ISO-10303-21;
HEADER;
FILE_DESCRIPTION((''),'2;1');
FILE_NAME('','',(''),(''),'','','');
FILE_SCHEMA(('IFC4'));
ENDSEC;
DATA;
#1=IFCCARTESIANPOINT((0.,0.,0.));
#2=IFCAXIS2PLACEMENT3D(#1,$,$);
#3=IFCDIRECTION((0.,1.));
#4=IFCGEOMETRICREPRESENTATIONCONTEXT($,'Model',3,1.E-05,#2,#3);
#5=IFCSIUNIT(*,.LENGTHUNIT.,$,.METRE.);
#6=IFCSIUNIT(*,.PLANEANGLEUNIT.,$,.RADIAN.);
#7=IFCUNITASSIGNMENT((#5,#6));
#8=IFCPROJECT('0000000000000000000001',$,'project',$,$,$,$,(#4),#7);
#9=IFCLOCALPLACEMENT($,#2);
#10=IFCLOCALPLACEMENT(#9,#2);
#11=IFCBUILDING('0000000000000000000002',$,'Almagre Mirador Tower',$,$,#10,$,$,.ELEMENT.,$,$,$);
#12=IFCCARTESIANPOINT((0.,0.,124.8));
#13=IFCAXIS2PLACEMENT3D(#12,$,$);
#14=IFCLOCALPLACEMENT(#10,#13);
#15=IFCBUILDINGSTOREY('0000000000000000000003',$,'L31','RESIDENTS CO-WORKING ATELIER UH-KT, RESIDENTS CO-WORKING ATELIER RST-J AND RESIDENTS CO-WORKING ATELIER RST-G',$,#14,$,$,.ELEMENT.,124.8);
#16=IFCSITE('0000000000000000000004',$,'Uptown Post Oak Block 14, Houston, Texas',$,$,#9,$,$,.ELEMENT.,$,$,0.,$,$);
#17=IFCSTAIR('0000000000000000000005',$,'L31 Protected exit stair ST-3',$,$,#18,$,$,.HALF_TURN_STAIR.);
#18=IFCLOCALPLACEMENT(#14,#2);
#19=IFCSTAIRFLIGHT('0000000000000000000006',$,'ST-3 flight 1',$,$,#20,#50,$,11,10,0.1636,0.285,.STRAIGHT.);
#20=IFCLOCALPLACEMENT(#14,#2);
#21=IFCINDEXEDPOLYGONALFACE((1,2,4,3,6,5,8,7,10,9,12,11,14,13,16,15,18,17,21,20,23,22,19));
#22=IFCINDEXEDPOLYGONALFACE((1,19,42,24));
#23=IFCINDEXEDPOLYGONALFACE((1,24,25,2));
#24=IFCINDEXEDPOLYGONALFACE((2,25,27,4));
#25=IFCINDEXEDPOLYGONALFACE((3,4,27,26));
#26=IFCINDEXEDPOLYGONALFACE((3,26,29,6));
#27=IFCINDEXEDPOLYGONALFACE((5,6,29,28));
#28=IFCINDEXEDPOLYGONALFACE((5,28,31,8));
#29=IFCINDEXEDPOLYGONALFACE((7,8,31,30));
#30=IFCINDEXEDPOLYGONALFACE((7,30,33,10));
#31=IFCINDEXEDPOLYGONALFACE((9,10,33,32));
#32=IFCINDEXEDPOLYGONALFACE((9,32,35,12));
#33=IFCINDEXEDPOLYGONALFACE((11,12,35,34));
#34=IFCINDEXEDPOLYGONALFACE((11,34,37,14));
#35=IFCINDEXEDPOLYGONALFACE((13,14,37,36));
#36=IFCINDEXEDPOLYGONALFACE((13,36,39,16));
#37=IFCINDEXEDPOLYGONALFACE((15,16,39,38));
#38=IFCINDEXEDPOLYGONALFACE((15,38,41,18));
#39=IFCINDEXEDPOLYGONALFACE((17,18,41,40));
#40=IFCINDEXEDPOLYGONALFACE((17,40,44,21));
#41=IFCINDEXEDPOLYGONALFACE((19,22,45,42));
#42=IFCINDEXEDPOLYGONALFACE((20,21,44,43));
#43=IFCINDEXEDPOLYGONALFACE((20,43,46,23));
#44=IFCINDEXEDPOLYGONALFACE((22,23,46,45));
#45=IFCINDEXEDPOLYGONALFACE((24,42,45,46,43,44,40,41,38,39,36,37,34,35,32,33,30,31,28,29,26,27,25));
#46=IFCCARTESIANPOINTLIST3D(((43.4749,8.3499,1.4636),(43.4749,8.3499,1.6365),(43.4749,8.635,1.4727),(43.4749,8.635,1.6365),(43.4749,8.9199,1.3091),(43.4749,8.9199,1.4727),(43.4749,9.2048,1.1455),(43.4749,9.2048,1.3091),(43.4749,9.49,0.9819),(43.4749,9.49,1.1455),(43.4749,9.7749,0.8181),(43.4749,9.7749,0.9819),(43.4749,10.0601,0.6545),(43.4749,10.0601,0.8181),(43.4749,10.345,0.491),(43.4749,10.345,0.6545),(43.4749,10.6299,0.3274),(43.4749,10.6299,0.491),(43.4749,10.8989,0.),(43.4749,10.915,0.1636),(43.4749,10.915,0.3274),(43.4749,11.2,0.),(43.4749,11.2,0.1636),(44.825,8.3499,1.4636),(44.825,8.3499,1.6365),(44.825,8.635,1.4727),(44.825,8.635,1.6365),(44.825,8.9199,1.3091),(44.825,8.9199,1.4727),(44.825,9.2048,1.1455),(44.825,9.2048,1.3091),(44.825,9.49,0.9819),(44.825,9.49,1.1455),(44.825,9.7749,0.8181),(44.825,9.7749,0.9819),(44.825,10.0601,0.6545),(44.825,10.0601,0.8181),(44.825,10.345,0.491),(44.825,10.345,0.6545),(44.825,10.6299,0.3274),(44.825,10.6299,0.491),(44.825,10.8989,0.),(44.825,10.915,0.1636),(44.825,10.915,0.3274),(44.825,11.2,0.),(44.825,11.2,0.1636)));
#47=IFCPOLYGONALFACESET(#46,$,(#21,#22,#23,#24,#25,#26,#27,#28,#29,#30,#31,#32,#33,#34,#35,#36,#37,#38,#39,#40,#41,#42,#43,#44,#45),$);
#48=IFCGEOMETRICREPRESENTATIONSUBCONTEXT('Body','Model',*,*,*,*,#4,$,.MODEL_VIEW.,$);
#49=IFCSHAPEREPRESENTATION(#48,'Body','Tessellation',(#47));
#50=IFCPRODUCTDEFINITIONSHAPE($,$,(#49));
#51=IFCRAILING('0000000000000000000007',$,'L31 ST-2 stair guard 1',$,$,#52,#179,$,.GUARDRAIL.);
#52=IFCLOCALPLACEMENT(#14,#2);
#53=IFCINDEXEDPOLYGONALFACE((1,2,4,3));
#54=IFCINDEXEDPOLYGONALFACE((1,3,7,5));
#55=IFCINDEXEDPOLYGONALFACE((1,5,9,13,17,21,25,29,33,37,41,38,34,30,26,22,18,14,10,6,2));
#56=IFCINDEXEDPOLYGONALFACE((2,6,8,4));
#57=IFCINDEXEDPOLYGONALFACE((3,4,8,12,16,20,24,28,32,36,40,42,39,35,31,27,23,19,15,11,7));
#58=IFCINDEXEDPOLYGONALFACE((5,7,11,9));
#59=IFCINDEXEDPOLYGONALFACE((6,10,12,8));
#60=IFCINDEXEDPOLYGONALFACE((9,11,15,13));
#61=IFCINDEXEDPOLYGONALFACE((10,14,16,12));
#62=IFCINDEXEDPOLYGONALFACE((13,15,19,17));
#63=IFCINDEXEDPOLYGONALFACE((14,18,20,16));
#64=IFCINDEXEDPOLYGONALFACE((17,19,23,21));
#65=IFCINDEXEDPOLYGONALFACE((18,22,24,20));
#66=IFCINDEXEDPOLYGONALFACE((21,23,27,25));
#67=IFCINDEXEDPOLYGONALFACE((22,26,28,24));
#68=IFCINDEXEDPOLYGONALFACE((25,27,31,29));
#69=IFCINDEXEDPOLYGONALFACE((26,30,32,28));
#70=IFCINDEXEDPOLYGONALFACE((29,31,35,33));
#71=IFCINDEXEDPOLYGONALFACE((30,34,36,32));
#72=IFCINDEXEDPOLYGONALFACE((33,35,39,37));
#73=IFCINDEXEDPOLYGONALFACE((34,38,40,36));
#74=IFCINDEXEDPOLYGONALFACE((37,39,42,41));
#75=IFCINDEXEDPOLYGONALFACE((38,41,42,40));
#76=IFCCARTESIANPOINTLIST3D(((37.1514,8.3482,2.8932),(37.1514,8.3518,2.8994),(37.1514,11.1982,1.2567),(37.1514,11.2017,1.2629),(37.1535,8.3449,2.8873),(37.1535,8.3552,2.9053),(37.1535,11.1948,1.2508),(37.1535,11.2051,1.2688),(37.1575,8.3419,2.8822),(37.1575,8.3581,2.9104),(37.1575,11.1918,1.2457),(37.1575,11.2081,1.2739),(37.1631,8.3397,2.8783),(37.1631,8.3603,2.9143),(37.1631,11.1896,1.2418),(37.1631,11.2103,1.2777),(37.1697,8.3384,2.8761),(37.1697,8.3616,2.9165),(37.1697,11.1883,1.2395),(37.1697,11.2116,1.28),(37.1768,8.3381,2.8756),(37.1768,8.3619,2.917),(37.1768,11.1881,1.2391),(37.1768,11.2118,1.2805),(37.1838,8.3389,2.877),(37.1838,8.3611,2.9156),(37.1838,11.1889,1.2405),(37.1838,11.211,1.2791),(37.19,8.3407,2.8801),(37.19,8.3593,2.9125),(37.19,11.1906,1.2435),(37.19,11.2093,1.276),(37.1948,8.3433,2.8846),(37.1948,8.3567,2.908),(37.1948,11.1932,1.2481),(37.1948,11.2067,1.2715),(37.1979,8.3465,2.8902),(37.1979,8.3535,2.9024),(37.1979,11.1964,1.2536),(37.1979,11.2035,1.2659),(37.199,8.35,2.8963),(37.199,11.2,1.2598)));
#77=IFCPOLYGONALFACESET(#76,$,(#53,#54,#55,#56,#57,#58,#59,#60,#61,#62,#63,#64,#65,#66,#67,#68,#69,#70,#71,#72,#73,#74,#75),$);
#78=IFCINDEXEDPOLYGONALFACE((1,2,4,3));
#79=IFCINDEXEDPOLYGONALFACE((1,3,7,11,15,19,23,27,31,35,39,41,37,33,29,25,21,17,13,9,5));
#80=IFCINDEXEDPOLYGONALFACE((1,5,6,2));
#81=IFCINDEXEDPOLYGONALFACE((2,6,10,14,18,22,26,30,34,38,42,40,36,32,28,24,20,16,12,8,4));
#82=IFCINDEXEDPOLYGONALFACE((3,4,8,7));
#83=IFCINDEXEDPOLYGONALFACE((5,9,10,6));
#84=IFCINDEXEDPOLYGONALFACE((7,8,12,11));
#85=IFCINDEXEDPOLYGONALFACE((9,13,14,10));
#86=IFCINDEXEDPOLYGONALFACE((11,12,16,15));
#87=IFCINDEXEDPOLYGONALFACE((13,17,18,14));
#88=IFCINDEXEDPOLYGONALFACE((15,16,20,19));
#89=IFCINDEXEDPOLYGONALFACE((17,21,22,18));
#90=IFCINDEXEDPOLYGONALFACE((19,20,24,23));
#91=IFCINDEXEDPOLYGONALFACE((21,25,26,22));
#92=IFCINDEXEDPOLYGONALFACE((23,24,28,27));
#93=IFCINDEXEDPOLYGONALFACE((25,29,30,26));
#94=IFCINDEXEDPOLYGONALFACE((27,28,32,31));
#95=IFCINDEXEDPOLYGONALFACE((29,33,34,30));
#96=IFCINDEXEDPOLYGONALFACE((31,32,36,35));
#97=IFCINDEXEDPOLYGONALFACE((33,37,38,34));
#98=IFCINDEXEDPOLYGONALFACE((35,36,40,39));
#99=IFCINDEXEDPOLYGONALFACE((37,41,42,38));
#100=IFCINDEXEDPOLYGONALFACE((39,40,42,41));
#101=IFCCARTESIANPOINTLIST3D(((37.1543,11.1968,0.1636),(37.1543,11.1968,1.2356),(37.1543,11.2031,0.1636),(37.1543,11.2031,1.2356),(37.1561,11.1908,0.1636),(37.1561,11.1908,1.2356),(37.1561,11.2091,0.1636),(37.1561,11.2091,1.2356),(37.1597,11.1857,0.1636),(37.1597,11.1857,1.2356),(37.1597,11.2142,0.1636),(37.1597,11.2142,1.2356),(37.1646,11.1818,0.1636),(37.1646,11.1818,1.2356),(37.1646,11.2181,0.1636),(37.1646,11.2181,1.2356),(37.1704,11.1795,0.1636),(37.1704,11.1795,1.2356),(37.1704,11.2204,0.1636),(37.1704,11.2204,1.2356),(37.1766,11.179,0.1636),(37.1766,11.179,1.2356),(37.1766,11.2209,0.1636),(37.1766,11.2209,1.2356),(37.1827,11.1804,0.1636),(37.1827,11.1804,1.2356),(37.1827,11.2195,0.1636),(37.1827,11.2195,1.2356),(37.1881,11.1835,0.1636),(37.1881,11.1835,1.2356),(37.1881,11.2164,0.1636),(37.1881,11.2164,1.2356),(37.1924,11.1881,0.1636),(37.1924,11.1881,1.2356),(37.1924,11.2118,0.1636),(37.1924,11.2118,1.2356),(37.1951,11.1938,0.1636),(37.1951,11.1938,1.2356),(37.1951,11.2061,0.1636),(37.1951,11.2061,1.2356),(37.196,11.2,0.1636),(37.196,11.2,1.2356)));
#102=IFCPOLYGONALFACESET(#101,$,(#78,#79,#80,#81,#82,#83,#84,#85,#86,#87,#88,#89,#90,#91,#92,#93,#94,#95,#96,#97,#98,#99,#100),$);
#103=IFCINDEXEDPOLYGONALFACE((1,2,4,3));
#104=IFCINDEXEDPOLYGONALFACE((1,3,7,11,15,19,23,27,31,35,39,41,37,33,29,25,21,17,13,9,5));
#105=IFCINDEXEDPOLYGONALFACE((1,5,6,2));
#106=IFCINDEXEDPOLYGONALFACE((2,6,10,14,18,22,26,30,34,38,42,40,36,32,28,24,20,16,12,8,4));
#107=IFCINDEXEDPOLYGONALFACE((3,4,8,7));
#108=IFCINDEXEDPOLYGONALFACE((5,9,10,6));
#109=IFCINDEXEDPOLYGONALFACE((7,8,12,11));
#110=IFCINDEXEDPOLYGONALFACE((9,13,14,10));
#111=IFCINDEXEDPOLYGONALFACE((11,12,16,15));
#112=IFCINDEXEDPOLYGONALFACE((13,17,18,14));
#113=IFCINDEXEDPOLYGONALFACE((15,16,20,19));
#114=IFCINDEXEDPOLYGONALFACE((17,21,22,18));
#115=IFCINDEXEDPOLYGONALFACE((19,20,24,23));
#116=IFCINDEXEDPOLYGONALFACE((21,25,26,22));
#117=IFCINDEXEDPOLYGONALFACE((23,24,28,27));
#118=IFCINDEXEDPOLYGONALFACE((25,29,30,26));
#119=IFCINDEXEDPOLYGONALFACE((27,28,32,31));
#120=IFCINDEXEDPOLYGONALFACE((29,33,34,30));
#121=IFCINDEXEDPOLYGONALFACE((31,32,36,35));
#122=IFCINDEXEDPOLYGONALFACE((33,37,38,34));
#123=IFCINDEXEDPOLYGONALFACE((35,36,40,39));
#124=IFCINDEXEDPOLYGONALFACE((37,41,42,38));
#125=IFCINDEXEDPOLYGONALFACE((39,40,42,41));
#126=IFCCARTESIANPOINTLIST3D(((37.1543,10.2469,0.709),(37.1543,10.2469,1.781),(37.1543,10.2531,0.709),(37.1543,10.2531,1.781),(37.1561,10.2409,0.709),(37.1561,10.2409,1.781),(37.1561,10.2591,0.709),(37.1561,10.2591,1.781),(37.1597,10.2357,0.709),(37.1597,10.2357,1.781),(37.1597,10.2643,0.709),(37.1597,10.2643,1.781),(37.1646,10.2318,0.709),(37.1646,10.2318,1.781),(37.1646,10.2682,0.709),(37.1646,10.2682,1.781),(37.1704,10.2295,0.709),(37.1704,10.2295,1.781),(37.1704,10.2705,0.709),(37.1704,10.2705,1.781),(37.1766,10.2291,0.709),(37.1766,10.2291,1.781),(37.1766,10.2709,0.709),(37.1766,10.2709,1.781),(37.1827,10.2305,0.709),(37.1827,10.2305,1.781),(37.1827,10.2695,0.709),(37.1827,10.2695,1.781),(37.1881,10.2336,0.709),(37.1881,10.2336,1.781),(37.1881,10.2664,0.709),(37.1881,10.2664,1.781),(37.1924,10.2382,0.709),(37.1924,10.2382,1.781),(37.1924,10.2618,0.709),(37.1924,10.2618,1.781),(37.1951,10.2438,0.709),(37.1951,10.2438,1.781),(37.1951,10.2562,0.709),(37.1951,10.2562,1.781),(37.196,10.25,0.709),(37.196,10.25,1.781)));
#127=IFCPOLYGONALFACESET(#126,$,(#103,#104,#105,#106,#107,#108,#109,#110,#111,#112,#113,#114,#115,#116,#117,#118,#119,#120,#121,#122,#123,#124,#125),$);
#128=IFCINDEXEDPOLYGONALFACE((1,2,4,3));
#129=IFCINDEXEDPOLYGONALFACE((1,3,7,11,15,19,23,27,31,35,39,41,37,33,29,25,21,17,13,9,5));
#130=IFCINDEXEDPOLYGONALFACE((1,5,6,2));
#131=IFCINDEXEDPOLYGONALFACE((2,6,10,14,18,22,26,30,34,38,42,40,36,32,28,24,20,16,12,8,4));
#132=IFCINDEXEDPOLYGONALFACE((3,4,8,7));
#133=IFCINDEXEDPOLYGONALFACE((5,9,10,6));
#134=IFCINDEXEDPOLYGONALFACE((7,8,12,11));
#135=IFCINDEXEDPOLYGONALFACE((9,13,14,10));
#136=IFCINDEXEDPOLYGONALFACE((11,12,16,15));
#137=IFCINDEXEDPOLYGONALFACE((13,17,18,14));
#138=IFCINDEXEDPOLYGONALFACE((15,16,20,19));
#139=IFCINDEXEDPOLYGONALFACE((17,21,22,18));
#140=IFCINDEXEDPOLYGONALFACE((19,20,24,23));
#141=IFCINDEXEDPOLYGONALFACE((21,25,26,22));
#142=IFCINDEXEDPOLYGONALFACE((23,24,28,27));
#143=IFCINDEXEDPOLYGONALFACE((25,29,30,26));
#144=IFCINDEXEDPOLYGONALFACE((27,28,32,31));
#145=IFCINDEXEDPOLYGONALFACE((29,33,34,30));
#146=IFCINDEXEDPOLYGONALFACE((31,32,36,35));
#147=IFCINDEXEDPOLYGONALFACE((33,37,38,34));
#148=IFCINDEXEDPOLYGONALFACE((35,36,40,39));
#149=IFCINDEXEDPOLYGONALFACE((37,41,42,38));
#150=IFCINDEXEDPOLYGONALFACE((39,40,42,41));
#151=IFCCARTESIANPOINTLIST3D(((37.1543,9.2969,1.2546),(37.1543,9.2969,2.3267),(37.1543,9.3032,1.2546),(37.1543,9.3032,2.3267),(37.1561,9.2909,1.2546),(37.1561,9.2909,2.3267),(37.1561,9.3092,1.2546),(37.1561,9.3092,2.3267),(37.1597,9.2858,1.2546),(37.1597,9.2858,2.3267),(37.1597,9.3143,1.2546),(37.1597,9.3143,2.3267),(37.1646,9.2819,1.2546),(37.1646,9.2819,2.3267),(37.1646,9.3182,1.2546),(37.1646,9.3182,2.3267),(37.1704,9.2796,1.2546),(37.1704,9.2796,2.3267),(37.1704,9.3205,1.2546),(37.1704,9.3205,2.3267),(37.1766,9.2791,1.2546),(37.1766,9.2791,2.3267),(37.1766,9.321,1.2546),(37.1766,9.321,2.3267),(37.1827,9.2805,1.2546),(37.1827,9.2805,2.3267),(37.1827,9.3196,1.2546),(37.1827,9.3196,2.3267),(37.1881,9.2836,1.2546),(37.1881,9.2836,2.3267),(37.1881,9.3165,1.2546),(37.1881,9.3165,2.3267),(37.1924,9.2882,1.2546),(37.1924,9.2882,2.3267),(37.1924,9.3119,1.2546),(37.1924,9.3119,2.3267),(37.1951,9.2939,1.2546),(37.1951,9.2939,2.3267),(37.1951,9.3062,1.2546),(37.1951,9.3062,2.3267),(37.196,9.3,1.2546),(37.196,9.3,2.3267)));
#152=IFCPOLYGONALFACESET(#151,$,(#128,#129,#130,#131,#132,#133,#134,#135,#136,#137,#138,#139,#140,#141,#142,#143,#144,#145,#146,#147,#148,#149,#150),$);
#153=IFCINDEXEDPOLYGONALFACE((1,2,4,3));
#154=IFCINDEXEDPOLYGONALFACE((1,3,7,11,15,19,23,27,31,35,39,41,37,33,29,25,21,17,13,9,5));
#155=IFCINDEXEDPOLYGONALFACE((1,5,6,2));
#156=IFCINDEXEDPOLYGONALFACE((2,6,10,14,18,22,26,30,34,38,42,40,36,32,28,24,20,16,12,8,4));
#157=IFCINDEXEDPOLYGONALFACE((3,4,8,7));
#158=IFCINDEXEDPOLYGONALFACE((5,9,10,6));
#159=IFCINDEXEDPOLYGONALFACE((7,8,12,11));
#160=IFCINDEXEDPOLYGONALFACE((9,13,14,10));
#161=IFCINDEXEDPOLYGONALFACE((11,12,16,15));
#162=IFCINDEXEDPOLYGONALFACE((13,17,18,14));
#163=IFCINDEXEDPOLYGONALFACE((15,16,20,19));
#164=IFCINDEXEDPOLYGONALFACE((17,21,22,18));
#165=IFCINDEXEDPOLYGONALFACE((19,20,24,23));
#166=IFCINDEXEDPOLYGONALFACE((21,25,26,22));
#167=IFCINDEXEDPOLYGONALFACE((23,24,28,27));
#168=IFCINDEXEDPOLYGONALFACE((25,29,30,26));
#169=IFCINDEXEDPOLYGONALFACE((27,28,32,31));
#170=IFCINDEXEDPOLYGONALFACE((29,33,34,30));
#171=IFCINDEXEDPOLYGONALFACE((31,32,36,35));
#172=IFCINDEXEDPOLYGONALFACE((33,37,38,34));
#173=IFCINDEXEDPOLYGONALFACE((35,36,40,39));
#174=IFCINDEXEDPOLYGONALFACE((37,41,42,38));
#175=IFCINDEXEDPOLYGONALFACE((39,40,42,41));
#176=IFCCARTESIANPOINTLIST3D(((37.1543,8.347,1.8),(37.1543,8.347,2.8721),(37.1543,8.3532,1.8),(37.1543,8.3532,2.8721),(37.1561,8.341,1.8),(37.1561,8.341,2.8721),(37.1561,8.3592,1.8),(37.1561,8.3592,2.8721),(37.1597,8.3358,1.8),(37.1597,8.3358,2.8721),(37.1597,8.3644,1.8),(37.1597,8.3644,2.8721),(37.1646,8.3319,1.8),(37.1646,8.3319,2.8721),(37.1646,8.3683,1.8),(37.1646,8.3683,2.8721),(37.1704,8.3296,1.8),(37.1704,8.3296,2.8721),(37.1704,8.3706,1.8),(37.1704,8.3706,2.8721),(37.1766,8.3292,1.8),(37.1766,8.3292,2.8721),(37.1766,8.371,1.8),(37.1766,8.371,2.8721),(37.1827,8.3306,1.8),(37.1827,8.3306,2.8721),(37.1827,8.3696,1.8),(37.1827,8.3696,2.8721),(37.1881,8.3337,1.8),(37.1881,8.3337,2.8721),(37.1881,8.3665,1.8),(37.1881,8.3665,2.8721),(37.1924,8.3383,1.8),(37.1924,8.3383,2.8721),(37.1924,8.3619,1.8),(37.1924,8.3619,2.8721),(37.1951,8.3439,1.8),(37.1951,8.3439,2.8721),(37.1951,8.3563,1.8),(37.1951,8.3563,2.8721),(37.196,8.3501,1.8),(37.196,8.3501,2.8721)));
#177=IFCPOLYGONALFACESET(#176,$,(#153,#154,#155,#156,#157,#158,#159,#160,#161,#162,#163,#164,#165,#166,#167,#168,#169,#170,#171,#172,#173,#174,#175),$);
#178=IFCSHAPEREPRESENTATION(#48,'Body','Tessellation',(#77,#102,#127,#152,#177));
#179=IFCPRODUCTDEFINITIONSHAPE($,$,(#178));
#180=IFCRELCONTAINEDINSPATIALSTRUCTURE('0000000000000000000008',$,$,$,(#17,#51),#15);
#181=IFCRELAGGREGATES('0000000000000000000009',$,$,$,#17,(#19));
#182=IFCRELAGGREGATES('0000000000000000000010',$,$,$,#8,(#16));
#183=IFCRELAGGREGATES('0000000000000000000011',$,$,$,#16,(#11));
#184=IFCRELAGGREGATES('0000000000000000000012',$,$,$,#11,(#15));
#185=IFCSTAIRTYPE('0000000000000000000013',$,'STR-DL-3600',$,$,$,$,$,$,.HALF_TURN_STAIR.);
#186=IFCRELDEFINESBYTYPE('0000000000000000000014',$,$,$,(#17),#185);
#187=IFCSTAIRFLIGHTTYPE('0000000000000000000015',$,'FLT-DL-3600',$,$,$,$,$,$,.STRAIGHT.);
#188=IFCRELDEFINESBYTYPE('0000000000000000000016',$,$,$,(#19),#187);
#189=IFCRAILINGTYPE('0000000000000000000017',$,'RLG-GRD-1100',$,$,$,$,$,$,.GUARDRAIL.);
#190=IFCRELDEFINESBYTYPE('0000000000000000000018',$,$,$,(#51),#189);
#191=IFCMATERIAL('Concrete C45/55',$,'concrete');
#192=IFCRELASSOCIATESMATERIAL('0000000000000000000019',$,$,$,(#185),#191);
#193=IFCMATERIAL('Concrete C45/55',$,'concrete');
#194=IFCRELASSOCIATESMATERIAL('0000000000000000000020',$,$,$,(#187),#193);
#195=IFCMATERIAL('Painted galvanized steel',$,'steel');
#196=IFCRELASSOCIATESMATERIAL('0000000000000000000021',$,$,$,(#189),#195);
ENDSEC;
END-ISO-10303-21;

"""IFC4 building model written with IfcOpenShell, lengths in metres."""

from ifc_helpers import new_model, si_unit, direction, frame, origin, origin_2d, place, context, subcontext, project, spatial, polyline, circle, outline, extrude, material, type_object, element, aggregate, save


model = new_model("IFC4")

# Units and contexts
model_context = context("Model", 3, precision=1e-05, world=origin(), true_north=direction((0.0, 1.0)))
body_context = subcontext(model_context, "Body", "Model", "MODEL_VIEW")
ifc_project = project(units=[si_unit("LENGTHUNIT", "METRE"), si_unit("PLANEANGLEUNIT", "RADIAN")], contexts=[model_context])

# Site, building, storey
site_placement = place(None, origin())
site = spatial("IfcSite", under=ifc_project, at=site_placement, Name="Uptown Post Oak Block 14, Houston, Texas", CompositionType="ELEMENT", RefElevation=0.0)
building_placement = place(site_placement, origin())
building = spatial("IfcBuilding", under=site, at=building_placement, Name="Almagre Mirador Tower", CompositionType="ELEMENT")
storey_placement = place(building_placement, frame((0.0, 0.0, 124.8)))
storey = spatial("IfcBuildingStorey", under=building, at=storey_placement, Name="L31", Description="RESIDENTS CO-WORKING ATELIER UH-KT, RESIDENTS CO-WORKING ATELIER RST-J AND RESIDENTS CO-WORKING ATELIER RST-G", CompositionType="ELEMENT", Elevation=124.8)

# Shared definitions
ifc_material_1 = material(Name="Concrete C45/55", Category="concrete")
stair_type = type_object("IfcStairType", Name="STR-DL-3600", PredefinedType="HALF_TURN_STAIR", material=ifc_material_1)
ifc_material_2 = material(Name="Concrete C45/55", Category="concrete")
stair_flight_type = type_object("IfcStairFlightType", Name="FLT-DL-3600", PredefinedType="STRAIGHT", material=ifc_material_2)

# Stair, stair flight
stair_1_placement = place(storey_placement, origin())
stair_1 = element("IfcStair", 1, at=stair_1_placement, inside=storey, type_object=stair_type, Name="L31 Protected exit stair ST-3", PredefinedType="HALF_TURN_STAIR")
stair_flight_1_placement = place(storey_placement, frame((44.1499, 11.2, 0.0), z_axis=(0.0, 0.0, 1.0), x_axis=(0.0, -1.0, 0.0)))
stair_flight_1 = element("IfcStairFlight", 2, at=stair_flight_1_placement, type_object=stair_flight_type, Name="ST-3 flight 1", NumberOfRisers=11, NumberOfTreads=10, PredefinedType="STRAIGHT", RiserHeight=0.1636, TreadLength=0.285, context=body_context, shape_type="SweptSolid", body=[
    extrude(outline(polyline([(0.0, 0.0), (0.0, 0.1636), (0.2849, 0.1636), (0.2849, 0.3274), (0.5701, 0.3274), (0.5701, 0.491), (0.855, 0.491), (0.855, 0.6545), (1.1399, 0.6545), (1.1399, 0.8181), (1.425, 0.8181), (1.425, 0.9819), (1.71, 0.9819), (1.71, 1.1455), (1.9951, 1.1455), (1.9951, 1.3091), (2.28, 1.3091), (2.28, 1.4727), (2.5649, 1.4727), (2.5649, 1.6365), (2.8501, 1.6365), (2.8501, 1.8), (2.8501, 1.4636), (0.301, 0.0), (0.0, 0.0)])), frame((0.0, 0.675, 0.0), z_axis=(0.0, -1.0, 0.0), x_axis=(1.0, 0.0, 0.0)), (0.0, 0.0, 1.0), 1.3501),
])
aggregate(stair_1, [stair_flight_1])

# Railing
ifc_material_3 = material(Name="Painted galvanized steel", Category="steel")
railing_type_1 = type_object("IfcRailingType", Name="RLG-GRD-1100", PredefinedType="GUARDRAIL", material=ifc_material_3)
railing_1_placement = place(storey_placement, frame((37.175, 11.2, 0.1636)))
element("IfcRailing", 3, at=railing_1_placement, inside=storey, type_object=railing_type_1, Name="L31 ST-2 stair guard 1", PredefinedType="GUARDRAIL", context=body_context, shape_type="SweptSolid", body=[
    extrude(circle(Radius=0.0239, at=origin_2d()), frame((0.0, 0.0, 1.0962), z_axis=(0.0, -0.867194, 0.49797), x_axis=(1.0, 0.0, 0.0)), (0.0, 0.0, 1.0), 3.2864),
    extrude(circle(Radius=0.021, at=origin_2d()), origin(), (0.0, 0.0, 1.0), 1.072),
    extrude(circle(Radius=0.021, at=origin_2d()), frame((0.0, -0.95, 0.5454)), (0.0, 0.0, 1.0), 1.072),
    extrude(circle(Radius=0.021, at=origin_2d()), frame((0.0, -1.8999, 1.0911)), (0.0, 0.0, 1.0), 1.072),
    extrude(circle(Radius=0.021, at=origin_2d()), frame((0.0, -2.8499, 1.6365)), (0.0, 0.0, 1.0), 1.072),
])

save(model, "model.ifc")
